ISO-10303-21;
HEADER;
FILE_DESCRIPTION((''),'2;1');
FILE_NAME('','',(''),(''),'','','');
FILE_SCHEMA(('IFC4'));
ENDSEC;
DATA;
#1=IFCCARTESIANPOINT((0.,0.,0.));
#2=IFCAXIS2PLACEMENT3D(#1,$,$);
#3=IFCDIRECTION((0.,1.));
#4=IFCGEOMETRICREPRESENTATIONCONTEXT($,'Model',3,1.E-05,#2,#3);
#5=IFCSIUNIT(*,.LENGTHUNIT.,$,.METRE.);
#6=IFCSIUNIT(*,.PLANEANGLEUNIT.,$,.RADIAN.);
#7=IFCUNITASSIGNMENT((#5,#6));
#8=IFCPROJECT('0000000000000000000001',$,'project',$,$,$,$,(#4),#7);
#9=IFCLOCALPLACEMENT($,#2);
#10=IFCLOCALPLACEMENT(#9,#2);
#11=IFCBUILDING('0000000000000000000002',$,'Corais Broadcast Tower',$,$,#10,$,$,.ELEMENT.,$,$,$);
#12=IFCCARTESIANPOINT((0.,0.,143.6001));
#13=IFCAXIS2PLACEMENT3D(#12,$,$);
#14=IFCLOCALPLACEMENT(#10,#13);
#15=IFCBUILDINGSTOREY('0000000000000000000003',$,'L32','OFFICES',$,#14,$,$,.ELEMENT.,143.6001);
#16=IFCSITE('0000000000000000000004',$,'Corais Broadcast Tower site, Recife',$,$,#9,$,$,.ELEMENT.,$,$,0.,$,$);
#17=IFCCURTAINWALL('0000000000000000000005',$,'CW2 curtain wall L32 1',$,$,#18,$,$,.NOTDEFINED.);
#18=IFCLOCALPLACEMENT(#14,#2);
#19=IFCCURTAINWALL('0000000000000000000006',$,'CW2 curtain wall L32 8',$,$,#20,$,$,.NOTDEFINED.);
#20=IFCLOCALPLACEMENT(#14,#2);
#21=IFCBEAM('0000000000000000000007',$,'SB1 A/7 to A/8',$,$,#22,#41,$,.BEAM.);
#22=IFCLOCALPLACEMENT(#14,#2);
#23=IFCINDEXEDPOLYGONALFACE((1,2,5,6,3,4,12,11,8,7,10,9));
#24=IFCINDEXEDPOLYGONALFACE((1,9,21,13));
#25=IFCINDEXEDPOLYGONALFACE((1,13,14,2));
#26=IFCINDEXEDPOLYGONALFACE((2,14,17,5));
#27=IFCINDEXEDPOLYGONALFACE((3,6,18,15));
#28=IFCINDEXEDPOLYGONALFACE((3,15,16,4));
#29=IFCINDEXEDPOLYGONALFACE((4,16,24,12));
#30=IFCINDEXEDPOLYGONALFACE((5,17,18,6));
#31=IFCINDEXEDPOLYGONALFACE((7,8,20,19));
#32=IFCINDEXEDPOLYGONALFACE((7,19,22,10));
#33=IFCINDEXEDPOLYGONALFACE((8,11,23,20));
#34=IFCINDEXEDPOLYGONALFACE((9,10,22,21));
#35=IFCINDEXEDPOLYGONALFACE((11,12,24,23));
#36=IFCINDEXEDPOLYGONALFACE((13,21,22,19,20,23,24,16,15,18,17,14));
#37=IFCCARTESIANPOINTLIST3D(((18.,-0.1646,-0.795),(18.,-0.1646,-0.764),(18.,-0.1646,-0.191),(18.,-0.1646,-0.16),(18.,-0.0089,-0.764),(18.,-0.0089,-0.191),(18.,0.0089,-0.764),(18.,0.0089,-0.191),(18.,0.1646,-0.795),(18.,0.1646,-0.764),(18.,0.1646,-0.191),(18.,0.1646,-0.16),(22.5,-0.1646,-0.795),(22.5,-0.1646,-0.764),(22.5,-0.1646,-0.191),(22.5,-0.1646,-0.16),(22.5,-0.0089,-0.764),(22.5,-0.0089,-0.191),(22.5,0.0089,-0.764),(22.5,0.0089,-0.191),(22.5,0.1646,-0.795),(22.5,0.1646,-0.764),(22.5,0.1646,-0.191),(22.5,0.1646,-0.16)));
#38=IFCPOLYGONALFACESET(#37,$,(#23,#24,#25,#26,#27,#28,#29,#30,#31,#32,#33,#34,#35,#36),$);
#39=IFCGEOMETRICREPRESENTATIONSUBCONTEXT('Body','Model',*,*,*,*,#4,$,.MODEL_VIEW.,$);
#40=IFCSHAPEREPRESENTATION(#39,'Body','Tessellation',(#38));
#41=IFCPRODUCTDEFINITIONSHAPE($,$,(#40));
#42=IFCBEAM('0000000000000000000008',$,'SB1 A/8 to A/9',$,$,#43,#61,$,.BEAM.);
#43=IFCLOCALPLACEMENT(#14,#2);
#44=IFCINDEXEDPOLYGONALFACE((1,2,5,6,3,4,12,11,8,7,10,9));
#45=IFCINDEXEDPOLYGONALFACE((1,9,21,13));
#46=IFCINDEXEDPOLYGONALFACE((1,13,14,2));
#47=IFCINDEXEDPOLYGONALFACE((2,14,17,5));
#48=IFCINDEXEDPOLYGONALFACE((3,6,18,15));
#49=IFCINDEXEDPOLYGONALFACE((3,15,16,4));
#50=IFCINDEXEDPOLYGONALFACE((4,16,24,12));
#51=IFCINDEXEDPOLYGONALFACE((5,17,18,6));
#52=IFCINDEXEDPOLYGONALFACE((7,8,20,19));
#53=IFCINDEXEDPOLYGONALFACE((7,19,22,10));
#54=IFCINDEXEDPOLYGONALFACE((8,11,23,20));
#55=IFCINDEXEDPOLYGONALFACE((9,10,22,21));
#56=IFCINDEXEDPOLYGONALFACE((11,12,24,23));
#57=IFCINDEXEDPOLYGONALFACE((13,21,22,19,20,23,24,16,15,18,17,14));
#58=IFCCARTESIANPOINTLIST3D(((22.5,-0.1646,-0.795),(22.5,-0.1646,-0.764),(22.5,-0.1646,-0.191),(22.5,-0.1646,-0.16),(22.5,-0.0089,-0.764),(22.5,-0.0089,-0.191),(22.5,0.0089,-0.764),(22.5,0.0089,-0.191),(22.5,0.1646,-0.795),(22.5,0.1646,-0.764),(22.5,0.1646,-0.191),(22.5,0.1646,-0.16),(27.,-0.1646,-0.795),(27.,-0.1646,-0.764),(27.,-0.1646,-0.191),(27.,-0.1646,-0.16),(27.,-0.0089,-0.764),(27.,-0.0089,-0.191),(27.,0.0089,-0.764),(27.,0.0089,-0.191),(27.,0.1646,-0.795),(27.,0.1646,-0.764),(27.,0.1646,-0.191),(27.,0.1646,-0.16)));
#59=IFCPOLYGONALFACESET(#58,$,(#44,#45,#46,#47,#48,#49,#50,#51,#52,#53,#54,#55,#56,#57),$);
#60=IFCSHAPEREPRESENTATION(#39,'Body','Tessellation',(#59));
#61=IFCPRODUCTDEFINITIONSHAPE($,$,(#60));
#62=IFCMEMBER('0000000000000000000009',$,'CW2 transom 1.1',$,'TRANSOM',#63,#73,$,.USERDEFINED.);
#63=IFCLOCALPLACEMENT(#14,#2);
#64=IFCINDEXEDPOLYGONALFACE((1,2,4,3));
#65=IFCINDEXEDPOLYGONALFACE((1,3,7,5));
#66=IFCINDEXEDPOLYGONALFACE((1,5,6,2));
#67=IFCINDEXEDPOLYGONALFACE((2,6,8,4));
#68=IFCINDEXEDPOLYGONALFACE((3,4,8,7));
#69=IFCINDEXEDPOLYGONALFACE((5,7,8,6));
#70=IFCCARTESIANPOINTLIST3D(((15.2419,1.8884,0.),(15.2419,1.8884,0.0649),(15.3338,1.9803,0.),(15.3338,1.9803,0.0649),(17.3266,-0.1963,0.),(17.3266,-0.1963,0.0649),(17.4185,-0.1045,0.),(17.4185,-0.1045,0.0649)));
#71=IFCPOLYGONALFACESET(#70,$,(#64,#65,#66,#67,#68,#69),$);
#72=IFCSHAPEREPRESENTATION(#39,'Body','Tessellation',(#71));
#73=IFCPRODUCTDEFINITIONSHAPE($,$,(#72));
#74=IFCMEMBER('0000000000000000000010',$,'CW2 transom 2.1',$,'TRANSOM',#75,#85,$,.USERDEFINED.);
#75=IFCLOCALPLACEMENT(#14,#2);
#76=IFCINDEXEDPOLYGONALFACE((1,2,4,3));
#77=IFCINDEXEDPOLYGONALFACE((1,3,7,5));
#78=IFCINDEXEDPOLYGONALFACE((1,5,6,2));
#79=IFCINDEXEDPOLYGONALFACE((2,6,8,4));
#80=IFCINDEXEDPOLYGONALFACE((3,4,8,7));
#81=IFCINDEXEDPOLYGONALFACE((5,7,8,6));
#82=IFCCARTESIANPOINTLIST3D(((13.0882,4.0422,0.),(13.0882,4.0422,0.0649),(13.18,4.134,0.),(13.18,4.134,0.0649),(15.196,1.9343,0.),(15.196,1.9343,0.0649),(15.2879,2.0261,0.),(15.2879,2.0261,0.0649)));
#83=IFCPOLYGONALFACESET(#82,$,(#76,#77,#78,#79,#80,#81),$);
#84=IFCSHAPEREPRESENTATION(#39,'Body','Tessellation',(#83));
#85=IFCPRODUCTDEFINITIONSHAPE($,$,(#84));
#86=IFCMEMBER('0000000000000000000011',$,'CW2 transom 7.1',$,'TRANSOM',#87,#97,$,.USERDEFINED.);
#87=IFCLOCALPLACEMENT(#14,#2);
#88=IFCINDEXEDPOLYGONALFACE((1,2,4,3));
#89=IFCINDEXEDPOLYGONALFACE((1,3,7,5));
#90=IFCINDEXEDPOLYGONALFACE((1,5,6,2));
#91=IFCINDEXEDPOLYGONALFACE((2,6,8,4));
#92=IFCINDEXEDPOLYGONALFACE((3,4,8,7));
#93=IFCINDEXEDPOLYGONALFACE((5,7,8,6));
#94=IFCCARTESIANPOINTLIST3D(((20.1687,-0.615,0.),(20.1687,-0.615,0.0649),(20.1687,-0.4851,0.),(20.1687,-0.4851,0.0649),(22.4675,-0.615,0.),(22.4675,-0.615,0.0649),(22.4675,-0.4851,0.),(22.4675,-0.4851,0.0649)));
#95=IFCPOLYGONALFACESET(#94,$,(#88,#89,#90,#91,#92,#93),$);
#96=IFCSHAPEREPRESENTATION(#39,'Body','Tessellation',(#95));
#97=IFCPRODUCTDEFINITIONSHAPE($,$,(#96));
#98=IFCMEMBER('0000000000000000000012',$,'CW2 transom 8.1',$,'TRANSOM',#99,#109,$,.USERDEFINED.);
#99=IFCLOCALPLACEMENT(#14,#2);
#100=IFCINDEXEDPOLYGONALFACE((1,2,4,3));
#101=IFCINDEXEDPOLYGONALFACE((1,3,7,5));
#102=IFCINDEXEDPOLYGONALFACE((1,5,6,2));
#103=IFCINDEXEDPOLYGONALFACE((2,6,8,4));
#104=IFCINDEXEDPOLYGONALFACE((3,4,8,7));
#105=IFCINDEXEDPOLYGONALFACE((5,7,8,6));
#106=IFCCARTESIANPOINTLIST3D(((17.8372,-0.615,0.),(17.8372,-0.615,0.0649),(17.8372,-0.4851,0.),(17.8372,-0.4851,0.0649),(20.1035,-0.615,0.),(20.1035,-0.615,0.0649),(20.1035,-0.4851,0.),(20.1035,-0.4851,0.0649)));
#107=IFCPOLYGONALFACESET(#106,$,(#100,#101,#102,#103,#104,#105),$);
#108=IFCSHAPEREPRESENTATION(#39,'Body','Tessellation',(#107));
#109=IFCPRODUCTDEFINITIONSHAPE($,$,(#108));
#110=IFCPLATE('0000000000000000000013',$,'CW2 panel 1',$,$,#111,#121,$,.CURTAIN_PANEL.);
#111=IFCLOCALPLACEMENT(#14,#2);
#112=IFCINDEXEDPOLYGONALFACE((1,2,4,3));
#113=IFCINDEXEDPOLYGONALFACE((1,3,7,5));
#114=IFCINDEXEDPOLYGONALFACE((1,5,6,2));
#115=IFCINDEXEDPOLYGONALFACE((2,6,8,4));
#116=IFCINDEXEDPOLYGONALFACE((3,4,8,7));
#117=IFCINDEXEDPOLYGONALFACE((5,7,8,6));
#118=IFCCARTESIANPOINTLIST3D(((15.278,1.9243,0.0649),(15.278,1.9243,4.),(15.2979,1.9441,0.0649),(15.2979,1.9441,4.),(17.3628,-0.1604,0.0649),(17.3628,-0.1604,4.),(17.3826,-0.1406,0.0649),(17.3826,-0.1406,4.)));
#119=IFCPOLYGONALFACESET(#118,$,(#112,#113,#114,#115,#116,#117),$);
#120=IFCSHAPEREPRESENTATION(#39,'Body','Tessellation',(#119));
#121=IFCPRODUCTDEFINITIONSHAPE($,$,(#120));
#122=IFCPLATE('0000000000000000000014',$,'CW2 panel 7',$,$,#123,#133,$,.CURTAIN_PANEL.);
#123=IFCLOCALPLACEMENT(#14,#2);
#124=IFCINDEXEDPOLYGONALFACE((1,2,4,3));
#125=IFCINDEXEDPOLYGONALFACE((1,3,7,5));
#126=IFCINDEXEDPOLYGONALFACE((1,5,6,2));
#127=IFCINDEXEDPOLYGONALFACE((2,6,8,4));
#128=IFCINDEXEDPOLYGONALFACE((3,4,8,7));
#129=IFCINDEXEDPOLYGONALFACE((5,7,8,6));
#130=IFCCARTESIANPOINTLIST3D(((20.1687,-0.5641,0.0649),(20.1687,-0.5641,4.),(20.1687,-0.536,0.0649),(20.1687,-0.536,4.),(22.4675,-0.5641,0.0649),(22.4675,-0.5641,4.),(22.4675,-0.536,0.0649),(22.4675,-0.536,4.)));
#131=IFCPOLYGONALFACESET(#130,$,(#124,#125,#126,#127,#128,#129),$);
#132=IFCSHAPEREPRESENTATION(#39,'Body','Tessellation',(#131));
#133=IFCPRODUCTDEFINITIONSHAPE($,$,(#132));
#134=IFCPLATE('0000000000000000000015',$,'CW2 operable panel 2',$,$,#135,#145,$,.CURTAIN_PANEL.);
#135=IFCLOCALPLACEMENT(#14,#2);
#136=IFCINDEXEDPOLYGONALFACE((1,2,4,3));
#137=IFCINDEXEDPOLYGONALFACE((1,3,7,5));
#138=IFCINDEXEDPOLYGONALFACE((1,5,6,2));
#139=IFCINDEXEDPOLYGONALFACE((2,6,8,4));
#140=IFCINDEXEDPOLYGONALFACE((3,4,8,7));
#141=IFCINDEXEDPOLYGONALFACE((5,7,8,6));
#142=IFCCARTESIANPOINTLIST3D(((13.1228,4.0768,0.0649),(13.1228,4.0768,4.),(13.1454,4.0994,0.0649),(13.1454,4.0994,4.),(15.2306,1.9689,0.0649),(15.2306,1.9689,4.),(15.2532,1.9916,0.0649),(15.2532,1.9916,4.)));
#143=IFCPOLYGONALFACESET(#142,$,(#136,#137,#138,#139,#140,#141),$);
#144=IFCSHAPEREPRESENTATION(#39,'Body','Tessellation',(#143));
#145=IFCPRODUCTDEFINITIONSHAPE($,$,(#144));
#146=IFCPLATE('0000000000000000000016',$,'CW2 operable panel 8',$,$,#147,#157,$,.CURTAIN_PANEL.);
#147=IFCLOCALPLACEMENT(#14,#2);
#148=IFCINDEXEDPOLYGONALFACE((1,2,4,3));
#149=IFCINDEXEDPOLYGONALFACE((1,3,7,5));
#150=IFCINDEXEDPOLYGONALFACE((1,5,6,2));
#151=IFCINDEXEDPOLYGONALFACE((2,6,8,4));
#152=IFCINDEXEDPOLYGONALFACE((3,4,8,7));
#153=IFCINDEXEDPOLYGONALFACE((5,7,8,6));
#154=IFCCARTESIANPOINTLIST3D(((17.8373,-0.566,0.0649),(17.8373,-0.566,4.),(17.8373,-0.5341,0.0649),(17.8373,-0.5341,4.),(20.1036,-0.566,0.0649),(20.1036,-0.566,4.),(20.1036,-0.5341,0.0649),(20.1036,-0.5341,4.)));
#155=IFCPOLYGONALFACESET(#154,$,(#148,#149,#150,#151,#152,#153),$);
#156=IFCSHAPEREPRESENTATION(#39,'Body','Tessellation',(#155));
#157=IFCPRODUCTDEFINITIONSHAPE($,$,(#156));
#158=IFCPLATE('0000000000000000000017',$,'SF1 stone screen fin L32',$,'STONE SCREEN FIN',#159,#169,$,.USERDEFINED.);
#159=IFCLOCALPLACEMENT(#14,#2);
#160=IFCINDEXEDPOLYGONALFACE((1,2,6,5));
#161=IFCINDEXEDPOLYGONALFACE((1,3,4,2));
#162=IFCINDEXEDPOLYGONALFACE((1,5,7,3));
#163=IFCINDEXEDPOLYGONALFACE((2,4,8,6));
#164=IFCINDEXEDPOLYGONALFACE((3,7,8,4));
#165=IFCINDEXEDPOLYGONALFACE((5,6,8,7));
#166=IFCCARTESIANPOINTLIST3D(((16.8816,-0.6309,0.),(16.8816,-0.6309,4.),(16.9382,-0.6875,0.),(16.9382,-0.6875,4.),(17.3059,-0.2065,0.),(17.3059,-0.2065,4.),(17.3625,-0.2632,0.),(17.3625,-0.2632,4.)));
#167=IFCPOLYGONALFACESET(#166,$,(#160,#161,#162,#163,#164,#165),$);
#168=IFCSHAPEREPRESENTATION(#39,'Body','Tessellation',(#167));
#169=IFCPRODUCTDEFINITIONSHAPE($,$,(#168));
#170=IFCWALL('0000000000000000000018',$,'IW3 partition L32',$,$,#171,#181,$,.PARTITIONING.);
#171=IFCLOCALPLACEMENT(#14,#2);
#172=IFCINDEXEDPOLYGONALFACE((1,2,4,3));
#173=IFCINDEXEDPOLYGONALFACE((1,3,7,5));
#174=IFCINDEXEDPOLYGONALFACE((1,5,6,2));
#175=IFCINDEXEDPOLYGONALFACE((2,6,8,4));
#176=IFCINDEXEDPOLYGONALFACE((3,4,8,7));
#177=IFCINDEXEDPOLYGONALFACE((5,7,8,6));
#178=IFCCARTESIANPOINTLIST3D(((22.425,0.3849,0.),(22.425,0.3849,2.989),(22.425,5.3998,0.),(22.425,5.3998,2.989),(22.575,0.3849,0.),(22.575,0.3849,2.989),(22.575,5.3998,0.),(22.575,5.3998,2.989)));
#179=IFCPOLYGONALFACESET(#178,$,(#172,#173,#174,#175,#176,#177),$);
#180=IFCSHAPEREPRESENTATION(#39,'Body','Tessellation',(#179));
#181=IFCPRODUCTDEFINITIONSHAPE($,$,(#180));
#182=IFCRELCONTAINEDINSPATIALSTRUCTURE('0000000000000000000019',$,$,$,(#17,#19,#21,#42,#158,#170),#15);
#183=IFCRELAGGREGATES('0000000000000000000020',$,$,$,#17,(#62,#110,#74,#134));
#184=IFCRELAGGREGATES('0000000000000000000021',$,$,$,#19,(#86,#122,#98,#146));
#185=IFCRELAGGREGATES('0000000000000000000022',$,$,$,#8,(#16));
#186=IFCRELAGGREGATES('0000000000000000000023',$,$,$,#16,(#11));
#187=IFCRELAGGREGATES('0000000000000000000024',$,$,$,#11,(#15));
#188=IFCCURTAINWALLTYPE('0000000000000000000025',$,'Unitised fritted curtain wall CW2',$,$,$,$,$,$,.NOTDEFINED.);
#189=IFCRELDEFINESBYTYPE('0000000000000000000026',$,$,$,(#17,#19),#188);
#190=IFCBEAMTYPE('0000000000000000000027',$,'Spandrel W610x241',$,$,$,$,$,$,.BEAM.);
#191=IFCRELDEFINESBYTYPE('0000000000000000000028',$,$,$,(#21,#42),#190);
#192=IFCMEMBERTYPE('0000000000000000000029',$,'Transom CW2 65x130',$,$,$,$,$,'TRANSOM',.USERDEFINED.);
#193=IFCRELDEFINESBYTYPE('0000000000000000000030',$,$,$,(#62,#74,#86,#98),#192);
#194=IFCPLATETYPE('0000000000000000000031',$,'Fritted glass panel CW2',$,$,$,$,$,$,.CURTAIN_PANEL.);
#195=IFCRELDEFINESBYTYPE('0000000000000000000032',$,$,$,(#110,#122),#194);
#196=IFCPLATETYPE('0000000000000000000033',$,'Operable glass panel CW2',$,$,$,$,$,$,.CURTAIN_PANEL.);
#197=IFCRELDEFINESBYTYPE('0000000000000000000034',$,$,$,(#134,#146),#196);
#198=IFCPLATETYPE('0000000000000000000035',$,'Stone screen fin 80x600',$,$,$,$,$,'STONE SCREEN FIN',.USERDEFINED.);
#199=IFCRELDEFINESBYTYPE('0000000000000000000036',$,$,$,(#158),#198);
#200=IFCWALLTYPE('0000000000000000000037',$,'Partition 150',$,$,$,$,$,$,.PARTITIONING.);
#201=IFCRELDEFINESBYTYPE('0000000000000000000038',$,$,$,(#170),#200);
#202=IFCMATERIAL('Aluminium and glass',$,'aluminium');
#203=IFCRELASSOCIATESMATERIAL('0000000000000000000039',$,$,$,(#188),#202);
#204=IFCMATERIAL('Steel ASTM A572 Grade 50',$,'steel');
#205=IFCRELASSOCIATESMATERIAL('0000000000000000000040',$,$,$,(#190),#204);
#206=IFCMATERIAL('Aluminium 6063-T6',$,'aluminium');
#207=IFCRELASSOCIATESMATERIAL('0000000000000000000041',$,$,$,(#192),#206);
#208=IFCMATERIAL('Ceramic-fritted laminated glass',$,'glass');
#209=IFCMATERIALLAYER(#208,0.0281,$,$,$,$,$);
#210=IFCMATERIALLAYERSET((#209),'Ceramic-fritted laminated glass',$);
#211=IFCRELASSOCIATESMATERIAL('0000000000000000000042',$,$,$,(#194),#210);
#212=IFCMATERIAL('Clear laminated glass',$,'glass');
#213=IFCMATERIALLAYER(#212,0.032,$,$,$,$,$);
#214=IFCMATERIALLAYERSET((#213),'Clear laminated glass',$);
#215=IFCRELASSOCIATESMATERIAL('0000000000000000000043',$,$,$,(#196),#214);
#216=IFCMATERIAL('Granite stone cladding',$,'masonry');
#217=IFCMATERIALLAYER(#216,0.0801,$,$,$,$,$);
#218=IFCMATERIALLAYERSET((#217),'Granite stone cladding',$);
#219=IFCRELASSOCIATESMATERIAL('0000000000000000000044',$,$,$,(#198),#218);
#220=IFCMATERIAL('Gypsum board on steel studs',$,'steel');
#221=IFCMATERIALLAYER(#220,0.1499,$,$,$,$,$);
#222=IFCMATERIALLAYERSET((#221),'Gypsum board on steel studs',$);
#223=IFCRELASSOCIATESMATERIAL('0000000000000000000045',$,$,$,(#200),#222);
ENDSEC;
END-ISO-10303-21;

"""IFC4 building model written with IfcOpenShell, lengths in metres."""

from ifc_helpers import new_model, si_unit, direction, frame, frame_2d, origin, origin_2d, place, context, subcontext, project, spatial, rectangle, i_section, extrude, material, layer, layer_set, material_profile, profile_set, type_object, element, aggregate, save


model = new_model("IFC4")

# Units and contexts
model_context = context("Model", 3, precision=1e-05, world=origin(), true_north=direction((0.0, 1.0)))
body_context = subcontext(model_context, "Body", "Model", "MODEL_VIEW")
ifc_project = project(units=[si_unit("LENGTHUNIT", "METRE"), si_unit("PLANEANGLEUNIT", "RADIAN")], contexts=[model_context])

# Site, building, storey
site_placement = place(None, origin())
site = spatial("IfcSite", under=ifc_project, at=site_placement, Name="Corais Broadcast Tower site, Recife", CompositionType="ELEMENT", RefElevation=0.0)
building_placement = place(site_placement, origin())
building = spatial("IfcBuilding", under=site, at=building_placement, Name="Corais Broadcast Tower", CompositionType="ELEMENT")
storey_placement = place(building_placement, frame((0.0, 0.0, 143.6001)))
storey = spatial("IfcBuildingStorey", under=building, at=storey_placement, Name="L32", Description="OFFICES", CompositionType="ELEMENT", Elevation=143.6001)

# Curtain walls
ifc_material_1 = material(Name="Aluminium and glass", Category="aluminium")
curtain_wall_type = type_object("IfcCurtainWallType", Name="Unitised fritted curtain wall CW2", PredefinedType="NOTDEFINED", material=ifc_material_1)
curtain_wall_1_placement = place(storey_placement, origin())
curtain_wall_1 = element("IfcCurtainWall", 1, at=curtain_wall_1_placement, inside=storey, type_object=curtain_wall_type, Name="CW2 curtain wall L32 1", PredefinedType="NOTDEFINED")
curtain_wall_2_placement = place(storey_placement, origin())
curtain_wall_2 = element("IfcCurtainWall", 2, at=curtain_wall_2_placement, inside=storey, type_object=curtain_wall_type, Name="CW2 curtain wall L32 8", PredefinedType="NOTDEFINED")

# Beams
ifc_material_2 = material(Name="Steel ASTM A572 Grade 50", Category="steel")
ifc_material_profile_1 = material_profile(ifc_material_2, i_section(OverallWidth=0.3291, OverallDepth=0.635, WebThickness=0.0178, FlangeThickness=0.031, at=origin_2d()), Name="W610x241")
ifc_profile_set_1 = profile_set([ifc_material_profile_1], Name="Steel ASTM A572 Grade 50")
beam_type_1 = type_object("IfcBeamType", Name="Spandrel W610x241", PredefinedType="BEAM", material=ifc_profile_set_1)
for number, where, z_axis, x_axis, name in (
    (3, (18.0, 0.0, -0.4775), (1.0, 0.0, 0.0), (0.0, 1.0, 0.0), "SB1 A/7 to A/8"),
    (4, (22.5, 0.0, -0.4775), (1.0, 0.0, 0.0), (0.0, 1.0, 0.0), "SB1 A/8 to A/9"),
):
    element("IfcBeam", number, at=place(storey_placement, frame(where, z_axis=z_axis, x_axis=x_axis)), inside=storey, type_object=beam_type_1, Name=name, PredefinedType="BEAM", context=body_context, shape_type="SweptSolid", body=[
        extrude(i_section(OverallWidth=0.3291, OverallDepth=0.635, WebThickness=0.0178, FlangeThickness=0.031, at=origin_2d()), origin(), (0.0, 0.0, 1.0), 4.5),
    ])

# Members
ifc_material_3 = material(Name="Aluminium 6063-T6", Category="aluminium")
ifc_material_profile_2 = material_profile(ifc_material_3, rectangle(XDim=0.1299, YDim=0.0649, at=origin_2d()), Name="Transom CW2 65x130")
ifc_profile_set_2 = profile_set([ifc_material_profile_2], Name="Aluminium 6063-T6")
member_type_1 = type_object("IfcMemberType", Name="Transom CW2 65x130", ElementType="TRANSOM", PredefinedType="USERDEFINED", material=ifc_profile_set_2)
member_1_placement = place(storey_placement, frame((17.3726, -0.1504, 0.0325), z_axis=(-0.707107, 0.707107, 0.0), x_axis=(-0.707107, -0.707107, 0.0)))
member_1 = element("IfcMember", 5, at=member_1_placement, type_object=member_type_1, Name="CW2 transom 1.1", ObjectType="TRANSOM", PredefinedType="USERDEFINED", context=body_context, shape_type="SweptSolid", body=[
    extrude(rectangle(XDim=0.1299, YDim=0.0649, at=origin_2d()), origin(), (0.0, 0.0, 1.0), 2.9482),
])
member_2_placement = place(storey_placement, frame((15.2419, 1.9802, 0.0325), z_axis=(-0.707107, 0.707107, 0.0), x_axis=(-0.707107, -0.707107, 0.0)))
member_2 = element("IfcMember", 6, at=member_2_placement, type_object=member_type_1, Name="CW2 transom 2.1", ObjectType="TRANSOM", PredefinedType="USERDEFINED", context=body_context, shape_type="SweptSolid", body=[
    extrude(rectangle(XDim=0.1299, YDim=0.0649, at=origin_2d()), origin(), (0.0, 0.0, 1.0), 2.981),
])
member_3_placement = place(storey_placement, frame((22.4675, -0.55, 0.0325), z_axis=(-1.0, 0.0, 0.0), x_axis=(0.0, -1.0, 0.0)))
member_3 = element("IfcMember", 7, at=member_3_placement, type_object=member_type_1, Name="CW2 transom 7.1", ObjectType="TRANSOM", PredefinedType="USERDEFINED", context=body_context, shape_type="SweptSolid", body=[
    extrude(rectangle(XDim=0.1299, YDim=0.0649, at=origin_2d()), origin(), (0.0, 0.0, 1.0), 2.2988),
])
member_4_placement = place(storey_placement, frame((20.1035, -0.55, 0.0325), z_axis=(-1.0, 0.0, 0.0), x_axis=(0.0, -1.0, 0.0)))
member_4 = element("IfcMember", 8, at=member_4_placement, type_object=member_type_1, Name="CW2 transom 8.1", ObjectType="TRANSOM", PredefinedType="USERDEFINED", context=body_context, shape_type="SweptSolid", body=[
    extrude(rectangle(XDim=0.1299, YDim=0.0649, at=origin_2d()), origin(), (0.0, 0.0, 1.0), 2.2664),
])

# Plates
ifc_material_4 = material(Name="Ceramic-fritted laminated glass", Category="glass")
ifc_layer_1 = layer(ifc_material_4, 0.0281)
ifc_layer_set_1 = layer_set([ifc_layer_1], Name="Ceramic-fritted laminated glass")
plate_type_1 = type_object("IfcPlateType", Name="Fritted glass panel CW2", PredefinedType="CURTAIN_PANEL", material=ifc_layer_set_1)
plate_1_placement = place(storey_placement, frame((16.3303, 0.8918, 0.0649), z_axis=(0.0, 0.0, 1.0), x_axis=(-0.707107, 0.707107, 0.0)))
plate_1 = element("IfcPlate", 9, at=plate_1_placement, type_object=plate_type_1, Name="CW2 panel 1", PredefinedType="CURTAIN_PANEL", context=body_context, shape_type="SweptSolid", body=[
    extrude(rectangle(XDim=2.9482, YDim=0.0281, at=origin_2d()), origin(), (0.0, 0.0, 1.0), 3.9351),
])
plate_2_placement = place(storey_placement, frame((21.3181, -0.55, 0.0649), z_axis=(0.0, 0.0, 1.0), x_axis=(-1.0, 0.0, 0.0)))
plate_2 = element("IfcPlate", 10, at=plate_2_placement, type_object=plate_type_1, Name="CW2 panel 7", PredefinedType="CURTAIN_PANEL", context=body_context, shape_type="SweptSolid", body=[
    extrude(rectangle(XDim=2.2988, YDim=0.0281, at=origin_2d()), origin(), (0.0, 0.0, 1.0), 3.9351),
])
ifc_material_5 = material(Name="Clear laminated glass", Category="glass")
ifc_layer_2 = layer(ifc_material_5, 0.032)
ifc_layer_set_2 = layer_set([ifc_layer_2], Name="Clear laminated glass")
plate_type_2 = type_object("IfcPlateType", Name="Operable glass panel CW2", PredefinedType="CURTAIN_PANEL", material=ifc_layer_set_2)
plate_3_placement = place(storey_placement, frame((14.188, 3.0342, 0.0649), z_axis=(0.0, 0.0, 1.0), x_axis=(-0.707107, 0.707107, 0.0)))
plate_3 = element("IfcPlate", 11, at=plate_3_placement, type_object=plate_type_2, Name="CW2 operable panel 2", PredefinedType="CURTAIN_PANEL", context=body_context, shape_type="SweptSolid", body=[
    extrude(rectangle(XDim=2.981, YDim=0.032, at=origin_2d()), origin(), (0.0, 0.0, 1.0), 3.9351),
])
aggregate(curtain_wall_1, [member_1, plate_1, member_2, plate_3])
plate_4_placement = place(storey_placement, frame((18.9705, -0.55, 0.0649), z_axis=(0.0, 0.0, 1.0), x_axis=(-1.0, 0.0, 0.0)))
plate_4 = element("IfcPlate", 12, at=plate_4_placement, type_object=plate_type_2, Name="CW2 operable panel 8", PredefinedType="CURTAIN_PANEL", context=body_context, shape_type="SweptSolid", body=[
    extrude(rectangle(XDim=2.2664, YDim=0.032, at=origin_2d()), origin(), (0.0, 0.0, 1.0), 3.9351),
])
aggregate(curtain_wall_2, [member_3, plate_2, member_4, plate_4])
ifc_material_6 = material(Name="Granite stone cladding", Category="masonry")
ifc_layer_3 = layer(ifc_material_6, 0.0801)
ifc_layer_set_3 = layer_set([ifc_layer_3], Name="Granite stone cladding")
plate_type_3 = type_object("IfcPlateType", Name="Stone screen fin 80x600", ElementType="STONE SCREEN FIN", PredefinedType="USERDEFINED", material=ifc_layer_set_3)
plate_5_placement = place(storey_placement, frame((17.1221, -0.447, 0.0), z_axis=(0.0, 0.0, 1.0), x_axis=(-0.707107, 0.707107, 0.0)))
element("IfcPlate", 13, at=plate_5_placement, inside=storey, type_object=plate_type_3, Name="SF1 stone screen fin L32", ObjectType="STONE SCREEN FIN", PredefinedType="USERDEFINED", context=body_context, shape_type="SweptSolid", body=[
    extrude(rectangle(XDim=0.0801, YDim=0.6001, at=origin_2d()), origin(), (0.0, 0.0, 1.0), 4.0),
])

# Wall
ifc_material_7 = material(Name="Gypsum board on steel studs", Category="steel")
ifc_layer_4 = layer(ifc_material_7, 0.1499)
ifc_layer_set_4 = layer_set([ifc_layer_4], Name="Gypsum board on steel studs")
wall_type = type_object("IfcWallType", Name="Partition 150", PredefinedType="PARTITIONING", material=ifc_layer_set_4)
wall_1_placement = place(storey_placement, frame((22.5, 0.385, 0.0), z_axis=(0.0, 0.0, 1.0), x_axis=(0.0, 1.0, 0.0)))
element("IfcWall", 14, at=wall_1_placement, inside=storey, type_object=wall_type, Name="IW3 partition L32", PredefinedType="PARTITIONING", context=body_context, shape_type="SweptSolid", body=[
    extrude(rectangle(XDim=5.0149, YDim=0.1499, at=frame_2d((2.5073, 0.0))), origin(), (0.0, 0.0, 1.0), 2.989),
])

save(model, "model.ifc")
